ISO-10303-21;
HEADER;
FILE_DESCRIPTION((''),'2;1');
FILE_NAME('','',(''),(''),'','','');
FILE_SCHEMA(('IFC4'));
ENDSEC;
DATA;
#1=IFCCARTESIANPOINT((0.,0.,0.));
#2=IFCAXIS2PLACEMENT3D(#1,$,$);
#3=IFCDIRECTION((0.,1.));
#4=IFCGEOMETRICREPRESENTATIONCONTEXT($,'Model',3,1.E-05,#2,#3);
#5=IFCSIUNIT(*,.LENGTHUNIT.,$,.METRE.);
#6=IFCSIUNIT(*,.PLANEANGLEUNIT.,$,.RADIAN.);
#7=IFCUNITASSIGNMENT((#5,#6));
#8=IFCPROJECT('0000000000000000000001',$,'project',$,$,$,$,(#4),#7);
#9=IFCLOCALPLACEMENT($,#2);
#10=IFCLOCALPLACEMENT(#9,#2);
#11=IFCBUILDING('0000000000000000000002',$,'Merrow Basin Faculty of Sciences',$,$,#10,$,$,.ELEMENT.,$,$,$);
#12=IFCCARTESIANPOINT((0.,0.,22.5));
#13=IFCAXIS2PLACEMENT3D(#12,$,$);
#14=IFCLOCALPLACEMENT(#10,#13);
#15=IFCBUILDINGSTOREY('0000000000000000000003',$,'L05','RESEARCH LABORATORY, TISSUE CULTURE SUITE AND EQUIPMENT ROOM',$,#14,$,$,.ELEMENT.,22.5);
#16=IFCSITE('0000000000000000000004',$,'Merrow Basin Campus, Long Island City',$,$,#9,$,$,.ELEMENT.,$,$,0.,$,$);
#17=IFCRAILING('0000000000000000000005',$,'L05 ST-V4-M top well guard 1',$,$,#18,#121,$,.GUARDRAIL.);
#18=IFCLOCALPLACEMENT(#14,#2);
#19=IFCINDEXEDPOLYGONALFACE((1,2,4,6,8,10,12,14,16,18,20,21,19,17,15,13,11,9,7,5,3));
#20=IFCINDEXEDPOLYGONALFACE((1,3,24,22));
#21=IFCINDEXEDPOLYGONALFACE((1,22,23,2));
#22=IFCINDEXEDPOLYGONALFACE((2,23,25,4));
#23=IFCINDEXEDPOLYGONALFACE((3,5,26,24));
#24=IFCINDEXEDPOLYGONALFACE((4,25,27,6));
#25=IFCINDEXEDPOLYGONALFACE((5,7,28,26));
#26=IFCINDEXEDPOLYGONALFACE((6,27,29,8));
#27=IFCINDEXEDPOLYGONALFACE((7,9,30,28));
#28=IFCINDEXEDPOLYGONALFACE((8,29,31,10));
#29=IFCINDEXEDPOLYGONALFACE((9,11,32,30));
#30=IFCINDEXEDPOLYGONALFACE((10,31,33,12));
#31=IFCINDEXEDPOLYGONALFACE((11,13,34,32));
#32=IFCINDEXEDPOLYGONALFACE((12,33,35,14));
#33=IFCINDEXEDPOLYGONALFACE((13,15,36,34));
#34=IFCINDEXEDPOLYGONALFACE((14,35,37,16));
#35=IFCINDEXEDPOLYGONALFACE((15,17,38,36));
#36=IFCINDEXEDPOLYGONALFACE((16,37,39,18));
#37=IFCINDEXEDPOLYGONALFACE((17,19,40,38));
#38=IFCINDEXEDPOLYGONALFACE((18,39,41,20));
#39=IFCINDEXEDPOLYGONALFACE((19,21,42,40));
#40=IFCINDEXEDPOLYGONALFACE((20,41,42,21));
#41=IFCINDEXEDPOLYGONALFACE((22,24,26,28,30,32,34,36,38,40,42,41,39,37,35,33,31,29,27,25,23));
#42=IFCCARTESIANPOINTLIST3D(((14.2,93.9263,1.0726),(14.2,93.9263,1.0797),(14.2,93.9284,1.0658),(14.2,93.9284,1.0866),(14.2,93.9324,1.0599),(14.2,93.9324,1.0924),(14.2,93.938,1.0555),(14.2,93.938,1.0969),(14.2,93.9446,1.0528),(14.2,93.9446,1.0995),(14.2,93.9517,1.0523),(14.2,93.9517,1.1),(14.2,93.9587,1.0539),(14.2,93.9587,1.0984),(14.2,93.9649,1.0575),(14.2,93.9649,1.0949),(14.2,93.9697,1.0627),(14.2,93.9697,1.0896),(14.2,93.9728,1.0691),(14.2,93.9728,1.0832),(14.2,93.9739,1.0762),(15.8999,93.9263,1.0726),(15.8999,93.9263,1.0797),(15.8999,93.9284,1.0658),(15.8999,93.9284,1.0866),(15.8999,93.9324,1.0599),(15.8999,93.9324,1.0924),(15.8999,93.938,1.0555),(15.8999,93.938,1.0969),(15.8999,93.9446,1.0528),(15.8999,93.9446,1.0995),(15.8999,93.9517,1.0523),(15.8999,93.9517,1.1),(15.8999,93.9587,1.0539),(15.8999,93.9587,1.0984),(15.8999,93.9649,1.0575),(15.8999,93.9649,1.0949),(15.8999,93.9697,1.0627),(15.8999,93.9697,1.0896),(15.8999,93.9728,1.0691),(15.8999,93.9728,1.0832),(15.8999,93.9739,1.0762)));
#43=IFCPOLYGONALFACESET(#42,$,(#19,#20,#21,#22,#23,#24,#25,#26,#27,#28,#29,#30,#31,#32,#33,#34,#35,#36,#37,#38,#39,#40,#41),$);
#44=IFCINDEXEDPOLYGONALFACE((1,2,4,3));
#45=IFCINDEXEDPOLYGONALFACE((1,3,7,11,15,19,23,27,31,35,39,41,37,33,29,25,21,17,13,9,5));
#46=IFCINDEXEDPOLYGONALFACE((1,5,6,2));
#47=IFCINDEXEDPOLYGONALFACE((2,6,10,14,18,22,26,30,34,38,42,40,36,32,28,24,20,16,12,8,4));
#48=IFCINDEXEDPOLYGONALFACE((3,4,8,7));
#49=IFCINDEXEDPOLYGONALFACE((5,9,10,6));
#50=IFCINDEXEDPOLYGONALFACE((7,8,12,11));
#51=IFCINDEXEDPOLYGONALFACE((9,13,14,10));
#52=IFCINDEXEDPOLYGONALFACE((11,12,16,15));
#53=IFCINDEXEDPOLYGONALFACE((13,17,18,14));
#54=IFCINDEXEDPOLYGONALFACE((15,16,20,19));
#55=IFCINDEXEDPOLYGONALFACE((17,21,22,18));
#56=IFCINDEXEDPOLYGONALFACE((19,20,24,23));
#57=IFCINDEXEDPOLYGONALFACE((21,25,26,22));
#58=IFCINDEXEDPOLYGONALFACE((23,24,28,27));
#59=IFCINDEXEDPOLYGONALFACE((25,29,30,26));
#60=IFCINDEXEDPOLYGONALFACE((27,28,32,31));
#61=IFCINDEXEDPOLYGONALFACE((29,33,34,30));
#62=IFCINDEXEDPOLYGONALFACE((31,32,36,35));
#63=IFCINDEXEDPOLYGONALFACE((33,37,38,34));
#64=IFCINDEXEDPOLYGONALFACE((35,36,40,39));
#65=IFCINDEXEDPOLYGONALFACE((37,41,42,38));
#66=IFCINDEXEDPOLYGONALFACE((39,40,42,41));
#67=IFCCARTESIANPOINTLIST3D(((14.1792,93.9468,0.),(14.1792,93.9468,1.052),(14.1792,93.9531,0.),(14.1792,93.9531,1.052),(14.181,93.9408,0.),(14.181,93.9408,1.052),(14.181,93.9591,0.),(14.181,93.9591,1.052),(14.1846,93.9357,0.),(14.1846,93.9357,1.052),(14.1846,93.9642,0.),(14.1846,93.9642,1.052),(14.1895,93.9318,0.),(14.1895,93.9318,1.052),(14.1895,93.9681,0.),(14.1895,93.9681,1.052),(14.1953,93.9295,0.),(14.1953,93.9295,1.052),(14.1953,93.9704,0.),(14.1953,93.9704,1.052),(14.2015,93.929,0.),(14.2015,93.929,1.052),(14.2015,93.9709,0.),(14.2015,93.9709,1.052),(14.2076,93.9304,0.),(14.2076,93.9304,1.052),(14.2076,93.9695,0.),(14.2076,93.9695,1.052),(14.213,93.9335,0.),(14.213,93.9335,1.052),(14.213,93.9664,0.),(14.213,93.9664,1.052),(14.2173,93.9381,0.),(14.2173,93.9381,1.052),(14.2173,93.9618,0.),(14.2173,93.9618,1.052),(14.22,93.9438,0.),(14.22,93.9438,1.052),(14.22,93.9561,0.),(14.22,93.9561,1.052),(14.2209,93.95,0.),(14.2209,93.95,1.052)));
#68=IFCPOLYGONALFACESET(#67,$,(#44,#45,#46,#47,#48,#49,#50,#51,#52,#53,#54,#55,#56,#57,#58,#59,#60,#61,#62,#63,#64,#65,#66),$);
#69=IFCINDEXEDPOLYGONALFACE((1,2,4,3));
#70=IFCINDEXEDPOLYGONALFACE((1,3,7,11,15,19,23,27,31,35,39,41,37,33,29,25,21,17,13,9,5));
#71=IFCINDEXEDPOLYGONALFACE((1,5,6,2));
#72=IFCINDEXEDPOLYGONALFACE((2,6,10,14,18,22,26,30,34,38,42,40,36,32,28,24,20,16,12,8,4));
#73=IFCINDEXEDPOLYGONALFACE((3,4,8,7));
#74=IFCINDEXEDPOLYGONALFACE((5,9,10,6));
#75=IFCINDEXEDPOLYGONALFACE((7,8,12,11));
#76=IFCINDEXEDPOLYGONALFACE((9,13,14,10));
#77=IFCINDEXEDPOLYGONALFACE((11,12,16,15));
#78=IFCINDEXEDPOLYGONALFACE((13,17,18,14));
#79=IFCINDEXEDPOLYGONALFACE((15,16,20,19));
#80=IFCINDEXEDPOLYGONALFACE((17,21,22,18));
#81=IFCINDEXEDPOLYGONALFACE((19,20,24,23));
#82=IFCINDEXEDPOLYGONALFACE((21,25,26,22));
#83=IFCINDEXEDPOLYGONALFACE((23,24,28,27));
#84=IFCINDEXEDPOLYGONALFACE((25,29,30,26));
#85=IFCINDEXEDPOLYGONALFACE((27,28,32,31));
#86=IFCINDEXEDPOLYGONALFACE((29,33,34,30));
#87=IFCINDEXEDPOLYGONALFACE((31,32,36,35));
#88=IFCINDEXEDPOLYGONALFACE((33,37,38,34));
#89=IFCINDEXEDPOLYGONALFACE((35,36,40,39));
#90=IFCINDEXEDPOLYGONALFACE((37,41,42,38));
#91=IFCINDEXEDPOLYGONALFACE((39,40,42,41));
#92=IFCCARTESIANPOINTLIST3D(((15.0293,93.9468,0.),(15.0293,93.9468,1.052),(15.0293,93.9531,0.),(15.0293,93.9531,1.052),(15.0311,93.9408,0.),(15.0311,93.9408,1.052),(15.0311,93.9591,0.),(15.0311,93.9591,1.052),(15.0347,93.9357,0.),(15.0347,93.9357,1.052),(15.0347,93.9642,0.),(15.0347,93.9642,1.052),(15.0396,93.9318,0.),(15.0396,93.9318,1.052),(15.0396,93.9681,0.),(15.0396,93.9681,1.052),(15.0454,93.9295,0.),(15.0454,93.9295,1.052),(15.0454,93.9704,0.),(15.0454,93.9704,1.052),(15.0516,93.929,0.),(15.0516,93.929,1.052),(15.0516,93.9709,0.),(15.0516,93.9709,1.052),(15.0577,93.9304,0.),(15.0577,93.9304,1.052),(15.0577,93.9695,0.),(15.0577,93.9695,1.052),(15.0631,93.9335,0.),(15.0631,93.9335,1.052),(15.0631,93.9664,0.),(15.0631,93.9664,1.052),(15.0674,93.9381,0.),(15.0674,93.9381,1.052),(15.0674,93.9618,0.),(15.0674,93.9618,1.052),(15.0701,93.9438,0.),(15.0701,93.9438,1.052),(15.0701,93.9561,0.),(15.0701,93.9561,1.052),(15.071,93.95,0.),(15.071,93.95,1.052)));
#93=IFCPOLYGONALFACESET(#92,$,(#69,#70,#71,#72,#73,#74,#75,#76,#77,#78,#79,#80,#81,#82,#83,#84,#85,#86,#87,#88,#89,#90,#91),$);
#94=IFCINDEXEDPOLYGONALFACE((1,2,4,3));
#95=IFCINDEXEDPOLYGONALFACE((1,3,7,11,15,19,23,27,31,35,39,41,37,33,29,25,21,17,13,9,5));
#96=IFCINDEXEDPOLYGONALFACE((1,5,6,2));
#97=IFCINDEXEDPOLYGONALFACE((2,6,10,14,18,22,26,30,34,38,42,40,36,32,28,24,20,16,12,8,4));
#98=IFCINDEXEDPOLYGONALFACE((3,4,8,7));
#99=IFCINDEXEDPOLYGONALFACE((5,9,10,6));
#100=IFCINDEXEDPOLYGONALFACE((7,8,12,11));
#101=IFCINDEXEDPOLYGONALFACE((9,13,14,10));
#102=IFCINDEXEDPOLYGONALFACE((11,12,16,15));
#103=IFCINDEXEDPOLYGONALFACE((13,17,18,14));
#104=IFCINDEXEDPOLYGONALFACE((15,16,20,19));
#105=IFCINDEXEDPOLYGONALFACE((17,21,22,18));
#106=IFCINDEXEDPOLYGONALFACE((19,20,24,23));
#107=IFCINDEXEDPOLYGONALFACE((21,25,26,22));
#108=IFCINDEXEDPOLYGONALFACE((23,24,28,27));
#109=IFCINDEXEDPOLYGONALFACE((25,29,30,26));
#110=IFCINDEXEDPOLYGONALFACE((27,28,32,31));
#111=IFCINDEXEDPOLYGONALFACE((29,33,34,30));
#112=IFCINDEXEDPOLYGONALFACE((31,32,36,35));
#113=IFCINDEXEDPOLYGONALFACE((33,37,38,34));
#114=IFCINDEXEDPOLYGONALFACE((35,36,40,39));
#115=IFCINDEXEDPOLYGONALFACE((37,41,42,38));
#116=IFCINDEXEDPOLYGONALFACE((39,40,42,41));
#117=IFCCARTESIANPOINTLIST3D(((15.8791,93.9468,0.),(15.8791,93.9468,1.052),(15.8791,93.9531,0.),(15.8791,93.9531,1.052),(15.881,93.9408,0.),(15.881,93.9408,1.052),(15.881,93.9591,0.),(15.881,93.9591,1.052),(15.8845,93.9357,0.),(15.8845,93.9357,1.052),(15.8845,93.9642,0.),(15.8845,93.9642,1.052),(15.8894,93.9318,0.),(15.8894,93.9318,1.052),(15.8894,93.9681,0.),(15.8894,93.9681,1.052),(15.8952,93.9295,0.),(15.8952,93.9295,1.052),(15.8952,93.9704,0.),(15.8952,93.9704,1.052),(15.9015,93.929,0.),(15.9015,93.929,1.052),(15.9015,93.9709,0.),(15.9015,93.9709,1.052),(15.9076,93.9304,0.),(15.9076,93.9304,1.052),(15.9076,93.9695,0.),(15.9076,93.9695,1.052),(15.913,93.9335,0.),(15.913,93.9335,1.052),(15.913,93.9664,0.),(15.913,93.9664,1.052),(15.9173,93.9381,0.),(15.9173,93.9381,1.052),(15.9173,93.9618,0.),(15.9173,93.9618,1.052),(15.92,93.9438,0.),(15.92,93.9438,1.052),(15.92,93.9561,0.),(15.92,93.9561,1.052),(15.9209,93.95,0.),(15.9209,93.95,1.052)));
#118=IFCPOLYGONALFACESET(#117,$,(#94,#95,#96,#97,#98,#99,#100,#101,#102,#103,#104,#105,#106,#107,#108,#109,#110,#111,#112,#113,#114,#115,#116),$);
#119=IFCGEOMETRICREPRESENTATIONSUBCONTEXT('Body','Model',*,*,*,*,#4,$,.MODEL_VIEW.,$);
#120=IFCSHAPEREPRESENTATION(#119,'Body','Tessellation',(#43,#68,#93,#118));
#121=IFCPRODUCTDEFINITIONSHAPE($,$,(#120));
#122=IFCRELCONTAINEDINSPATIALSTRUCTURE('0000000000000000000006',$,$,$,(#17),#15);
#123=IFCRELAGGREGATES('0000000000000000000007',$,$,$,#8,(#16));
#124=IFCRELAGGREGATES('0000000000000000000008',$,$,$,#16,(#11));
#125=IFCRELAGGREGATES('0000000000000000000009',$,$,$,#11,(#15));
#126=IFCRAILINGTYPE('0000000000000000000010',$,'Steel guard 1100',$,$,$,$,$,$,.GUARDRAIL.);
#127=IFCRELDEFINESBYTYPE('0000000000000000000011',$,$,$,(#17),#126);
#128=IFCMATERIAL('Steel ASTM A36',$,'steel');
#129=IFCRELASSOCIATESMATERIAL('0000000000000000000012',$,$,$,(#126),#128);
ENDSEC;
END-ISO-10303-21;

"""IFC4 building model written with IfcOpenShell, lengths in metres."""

from ifc_helpers import new_model, si_unit, direction, frame, origin, origin_2d, place, context, subcontext, project, spatial, circle, extrude, material, type_object, element, save


model = new_model("IFC4")

# Units and contexts
model_context = context("Model", 3, precision=1e-05, world=origin(), true_north=direction((0.0, 1.0)))
body_context = subcontext(model_context, "Body", "Model", "MODEL_VIEW")
ifc_project = project(units=[si_unit("LENGTHUNIT", "METRE"), si_unit("PLANEANGLEUNIT", "RADIAN")], contexts=[model_context])

# Site, building, storey
site_placement = place(None, origin())
site = spatial("IfcSite", under=ifc_project, at=site_placement, Name="Merrow Basin Campus, Long Island City", CompositionType="ELEMENT", RefElevation=0.0)
building_placement = place(site_placement, origin())
building = spatial("IfcBuilding", under=site, at=building_placement, Name="Merrow Basin Faculty of Sciences", CompositionType="ELEMENT")
storey_placement = place(building_placement, frame((0.0, 0.0, 22.5)))
storey = spatial("IfcBuildingStorey", under=building, at=storey_placement, Name="L05", Description="RESEARCH LABORATORY, TISSUE CULTURE SUITE AND EQUIPMENT ROOM", CompositionType="ELEMENT", Elevation=22.5)

# Railing
ifc_material_1 = material(Name="Steel ASTM A36", Category="steel")
railing_type = type_object("IfcRailingType", Name="Steel guard 1100", PredefinedType="GUARDRAIL", material=ifc_material_1)
railing_1_placement = place(storey_placement, frame((14.2, 93.95, 0.0)))
element("IfcRailing", 1, at=railing_1_placement, inside=storey, type_object=railing_type, Name="L05 ST-V4-M top well guard 1", PredefinedType="GUARDRAIL", context=body_context, shape_type="SweptSolid", body=[
    extrude(circle(Radius=0.0239, at=origin_2d()), frame((0.0, 0.0, 1.0762), z_axis=(1.0, 0.0, 0.0), x_axis=(0.0, 1.0, 0.0)), (0.0, 0.0, 1.0), 1.7),
    extrude(circle(Radius=0.021, at=origin_2d()), origin(), (0.0, 0.0, 1.0), 1.052),
    extrude(circle(Radius=0.021, at=origin_2d()), frame((0.8501, 0.0, 0.0)), (0.0, 0.0, 1.0), 1.052),
    extrude(circle(Radius=0.021, at=origin_2d()), frame((1.7, 0.0, 0.0)), (0.0, 0.0, 1.0), 1.052),
])

save(model, "model.ifc")
